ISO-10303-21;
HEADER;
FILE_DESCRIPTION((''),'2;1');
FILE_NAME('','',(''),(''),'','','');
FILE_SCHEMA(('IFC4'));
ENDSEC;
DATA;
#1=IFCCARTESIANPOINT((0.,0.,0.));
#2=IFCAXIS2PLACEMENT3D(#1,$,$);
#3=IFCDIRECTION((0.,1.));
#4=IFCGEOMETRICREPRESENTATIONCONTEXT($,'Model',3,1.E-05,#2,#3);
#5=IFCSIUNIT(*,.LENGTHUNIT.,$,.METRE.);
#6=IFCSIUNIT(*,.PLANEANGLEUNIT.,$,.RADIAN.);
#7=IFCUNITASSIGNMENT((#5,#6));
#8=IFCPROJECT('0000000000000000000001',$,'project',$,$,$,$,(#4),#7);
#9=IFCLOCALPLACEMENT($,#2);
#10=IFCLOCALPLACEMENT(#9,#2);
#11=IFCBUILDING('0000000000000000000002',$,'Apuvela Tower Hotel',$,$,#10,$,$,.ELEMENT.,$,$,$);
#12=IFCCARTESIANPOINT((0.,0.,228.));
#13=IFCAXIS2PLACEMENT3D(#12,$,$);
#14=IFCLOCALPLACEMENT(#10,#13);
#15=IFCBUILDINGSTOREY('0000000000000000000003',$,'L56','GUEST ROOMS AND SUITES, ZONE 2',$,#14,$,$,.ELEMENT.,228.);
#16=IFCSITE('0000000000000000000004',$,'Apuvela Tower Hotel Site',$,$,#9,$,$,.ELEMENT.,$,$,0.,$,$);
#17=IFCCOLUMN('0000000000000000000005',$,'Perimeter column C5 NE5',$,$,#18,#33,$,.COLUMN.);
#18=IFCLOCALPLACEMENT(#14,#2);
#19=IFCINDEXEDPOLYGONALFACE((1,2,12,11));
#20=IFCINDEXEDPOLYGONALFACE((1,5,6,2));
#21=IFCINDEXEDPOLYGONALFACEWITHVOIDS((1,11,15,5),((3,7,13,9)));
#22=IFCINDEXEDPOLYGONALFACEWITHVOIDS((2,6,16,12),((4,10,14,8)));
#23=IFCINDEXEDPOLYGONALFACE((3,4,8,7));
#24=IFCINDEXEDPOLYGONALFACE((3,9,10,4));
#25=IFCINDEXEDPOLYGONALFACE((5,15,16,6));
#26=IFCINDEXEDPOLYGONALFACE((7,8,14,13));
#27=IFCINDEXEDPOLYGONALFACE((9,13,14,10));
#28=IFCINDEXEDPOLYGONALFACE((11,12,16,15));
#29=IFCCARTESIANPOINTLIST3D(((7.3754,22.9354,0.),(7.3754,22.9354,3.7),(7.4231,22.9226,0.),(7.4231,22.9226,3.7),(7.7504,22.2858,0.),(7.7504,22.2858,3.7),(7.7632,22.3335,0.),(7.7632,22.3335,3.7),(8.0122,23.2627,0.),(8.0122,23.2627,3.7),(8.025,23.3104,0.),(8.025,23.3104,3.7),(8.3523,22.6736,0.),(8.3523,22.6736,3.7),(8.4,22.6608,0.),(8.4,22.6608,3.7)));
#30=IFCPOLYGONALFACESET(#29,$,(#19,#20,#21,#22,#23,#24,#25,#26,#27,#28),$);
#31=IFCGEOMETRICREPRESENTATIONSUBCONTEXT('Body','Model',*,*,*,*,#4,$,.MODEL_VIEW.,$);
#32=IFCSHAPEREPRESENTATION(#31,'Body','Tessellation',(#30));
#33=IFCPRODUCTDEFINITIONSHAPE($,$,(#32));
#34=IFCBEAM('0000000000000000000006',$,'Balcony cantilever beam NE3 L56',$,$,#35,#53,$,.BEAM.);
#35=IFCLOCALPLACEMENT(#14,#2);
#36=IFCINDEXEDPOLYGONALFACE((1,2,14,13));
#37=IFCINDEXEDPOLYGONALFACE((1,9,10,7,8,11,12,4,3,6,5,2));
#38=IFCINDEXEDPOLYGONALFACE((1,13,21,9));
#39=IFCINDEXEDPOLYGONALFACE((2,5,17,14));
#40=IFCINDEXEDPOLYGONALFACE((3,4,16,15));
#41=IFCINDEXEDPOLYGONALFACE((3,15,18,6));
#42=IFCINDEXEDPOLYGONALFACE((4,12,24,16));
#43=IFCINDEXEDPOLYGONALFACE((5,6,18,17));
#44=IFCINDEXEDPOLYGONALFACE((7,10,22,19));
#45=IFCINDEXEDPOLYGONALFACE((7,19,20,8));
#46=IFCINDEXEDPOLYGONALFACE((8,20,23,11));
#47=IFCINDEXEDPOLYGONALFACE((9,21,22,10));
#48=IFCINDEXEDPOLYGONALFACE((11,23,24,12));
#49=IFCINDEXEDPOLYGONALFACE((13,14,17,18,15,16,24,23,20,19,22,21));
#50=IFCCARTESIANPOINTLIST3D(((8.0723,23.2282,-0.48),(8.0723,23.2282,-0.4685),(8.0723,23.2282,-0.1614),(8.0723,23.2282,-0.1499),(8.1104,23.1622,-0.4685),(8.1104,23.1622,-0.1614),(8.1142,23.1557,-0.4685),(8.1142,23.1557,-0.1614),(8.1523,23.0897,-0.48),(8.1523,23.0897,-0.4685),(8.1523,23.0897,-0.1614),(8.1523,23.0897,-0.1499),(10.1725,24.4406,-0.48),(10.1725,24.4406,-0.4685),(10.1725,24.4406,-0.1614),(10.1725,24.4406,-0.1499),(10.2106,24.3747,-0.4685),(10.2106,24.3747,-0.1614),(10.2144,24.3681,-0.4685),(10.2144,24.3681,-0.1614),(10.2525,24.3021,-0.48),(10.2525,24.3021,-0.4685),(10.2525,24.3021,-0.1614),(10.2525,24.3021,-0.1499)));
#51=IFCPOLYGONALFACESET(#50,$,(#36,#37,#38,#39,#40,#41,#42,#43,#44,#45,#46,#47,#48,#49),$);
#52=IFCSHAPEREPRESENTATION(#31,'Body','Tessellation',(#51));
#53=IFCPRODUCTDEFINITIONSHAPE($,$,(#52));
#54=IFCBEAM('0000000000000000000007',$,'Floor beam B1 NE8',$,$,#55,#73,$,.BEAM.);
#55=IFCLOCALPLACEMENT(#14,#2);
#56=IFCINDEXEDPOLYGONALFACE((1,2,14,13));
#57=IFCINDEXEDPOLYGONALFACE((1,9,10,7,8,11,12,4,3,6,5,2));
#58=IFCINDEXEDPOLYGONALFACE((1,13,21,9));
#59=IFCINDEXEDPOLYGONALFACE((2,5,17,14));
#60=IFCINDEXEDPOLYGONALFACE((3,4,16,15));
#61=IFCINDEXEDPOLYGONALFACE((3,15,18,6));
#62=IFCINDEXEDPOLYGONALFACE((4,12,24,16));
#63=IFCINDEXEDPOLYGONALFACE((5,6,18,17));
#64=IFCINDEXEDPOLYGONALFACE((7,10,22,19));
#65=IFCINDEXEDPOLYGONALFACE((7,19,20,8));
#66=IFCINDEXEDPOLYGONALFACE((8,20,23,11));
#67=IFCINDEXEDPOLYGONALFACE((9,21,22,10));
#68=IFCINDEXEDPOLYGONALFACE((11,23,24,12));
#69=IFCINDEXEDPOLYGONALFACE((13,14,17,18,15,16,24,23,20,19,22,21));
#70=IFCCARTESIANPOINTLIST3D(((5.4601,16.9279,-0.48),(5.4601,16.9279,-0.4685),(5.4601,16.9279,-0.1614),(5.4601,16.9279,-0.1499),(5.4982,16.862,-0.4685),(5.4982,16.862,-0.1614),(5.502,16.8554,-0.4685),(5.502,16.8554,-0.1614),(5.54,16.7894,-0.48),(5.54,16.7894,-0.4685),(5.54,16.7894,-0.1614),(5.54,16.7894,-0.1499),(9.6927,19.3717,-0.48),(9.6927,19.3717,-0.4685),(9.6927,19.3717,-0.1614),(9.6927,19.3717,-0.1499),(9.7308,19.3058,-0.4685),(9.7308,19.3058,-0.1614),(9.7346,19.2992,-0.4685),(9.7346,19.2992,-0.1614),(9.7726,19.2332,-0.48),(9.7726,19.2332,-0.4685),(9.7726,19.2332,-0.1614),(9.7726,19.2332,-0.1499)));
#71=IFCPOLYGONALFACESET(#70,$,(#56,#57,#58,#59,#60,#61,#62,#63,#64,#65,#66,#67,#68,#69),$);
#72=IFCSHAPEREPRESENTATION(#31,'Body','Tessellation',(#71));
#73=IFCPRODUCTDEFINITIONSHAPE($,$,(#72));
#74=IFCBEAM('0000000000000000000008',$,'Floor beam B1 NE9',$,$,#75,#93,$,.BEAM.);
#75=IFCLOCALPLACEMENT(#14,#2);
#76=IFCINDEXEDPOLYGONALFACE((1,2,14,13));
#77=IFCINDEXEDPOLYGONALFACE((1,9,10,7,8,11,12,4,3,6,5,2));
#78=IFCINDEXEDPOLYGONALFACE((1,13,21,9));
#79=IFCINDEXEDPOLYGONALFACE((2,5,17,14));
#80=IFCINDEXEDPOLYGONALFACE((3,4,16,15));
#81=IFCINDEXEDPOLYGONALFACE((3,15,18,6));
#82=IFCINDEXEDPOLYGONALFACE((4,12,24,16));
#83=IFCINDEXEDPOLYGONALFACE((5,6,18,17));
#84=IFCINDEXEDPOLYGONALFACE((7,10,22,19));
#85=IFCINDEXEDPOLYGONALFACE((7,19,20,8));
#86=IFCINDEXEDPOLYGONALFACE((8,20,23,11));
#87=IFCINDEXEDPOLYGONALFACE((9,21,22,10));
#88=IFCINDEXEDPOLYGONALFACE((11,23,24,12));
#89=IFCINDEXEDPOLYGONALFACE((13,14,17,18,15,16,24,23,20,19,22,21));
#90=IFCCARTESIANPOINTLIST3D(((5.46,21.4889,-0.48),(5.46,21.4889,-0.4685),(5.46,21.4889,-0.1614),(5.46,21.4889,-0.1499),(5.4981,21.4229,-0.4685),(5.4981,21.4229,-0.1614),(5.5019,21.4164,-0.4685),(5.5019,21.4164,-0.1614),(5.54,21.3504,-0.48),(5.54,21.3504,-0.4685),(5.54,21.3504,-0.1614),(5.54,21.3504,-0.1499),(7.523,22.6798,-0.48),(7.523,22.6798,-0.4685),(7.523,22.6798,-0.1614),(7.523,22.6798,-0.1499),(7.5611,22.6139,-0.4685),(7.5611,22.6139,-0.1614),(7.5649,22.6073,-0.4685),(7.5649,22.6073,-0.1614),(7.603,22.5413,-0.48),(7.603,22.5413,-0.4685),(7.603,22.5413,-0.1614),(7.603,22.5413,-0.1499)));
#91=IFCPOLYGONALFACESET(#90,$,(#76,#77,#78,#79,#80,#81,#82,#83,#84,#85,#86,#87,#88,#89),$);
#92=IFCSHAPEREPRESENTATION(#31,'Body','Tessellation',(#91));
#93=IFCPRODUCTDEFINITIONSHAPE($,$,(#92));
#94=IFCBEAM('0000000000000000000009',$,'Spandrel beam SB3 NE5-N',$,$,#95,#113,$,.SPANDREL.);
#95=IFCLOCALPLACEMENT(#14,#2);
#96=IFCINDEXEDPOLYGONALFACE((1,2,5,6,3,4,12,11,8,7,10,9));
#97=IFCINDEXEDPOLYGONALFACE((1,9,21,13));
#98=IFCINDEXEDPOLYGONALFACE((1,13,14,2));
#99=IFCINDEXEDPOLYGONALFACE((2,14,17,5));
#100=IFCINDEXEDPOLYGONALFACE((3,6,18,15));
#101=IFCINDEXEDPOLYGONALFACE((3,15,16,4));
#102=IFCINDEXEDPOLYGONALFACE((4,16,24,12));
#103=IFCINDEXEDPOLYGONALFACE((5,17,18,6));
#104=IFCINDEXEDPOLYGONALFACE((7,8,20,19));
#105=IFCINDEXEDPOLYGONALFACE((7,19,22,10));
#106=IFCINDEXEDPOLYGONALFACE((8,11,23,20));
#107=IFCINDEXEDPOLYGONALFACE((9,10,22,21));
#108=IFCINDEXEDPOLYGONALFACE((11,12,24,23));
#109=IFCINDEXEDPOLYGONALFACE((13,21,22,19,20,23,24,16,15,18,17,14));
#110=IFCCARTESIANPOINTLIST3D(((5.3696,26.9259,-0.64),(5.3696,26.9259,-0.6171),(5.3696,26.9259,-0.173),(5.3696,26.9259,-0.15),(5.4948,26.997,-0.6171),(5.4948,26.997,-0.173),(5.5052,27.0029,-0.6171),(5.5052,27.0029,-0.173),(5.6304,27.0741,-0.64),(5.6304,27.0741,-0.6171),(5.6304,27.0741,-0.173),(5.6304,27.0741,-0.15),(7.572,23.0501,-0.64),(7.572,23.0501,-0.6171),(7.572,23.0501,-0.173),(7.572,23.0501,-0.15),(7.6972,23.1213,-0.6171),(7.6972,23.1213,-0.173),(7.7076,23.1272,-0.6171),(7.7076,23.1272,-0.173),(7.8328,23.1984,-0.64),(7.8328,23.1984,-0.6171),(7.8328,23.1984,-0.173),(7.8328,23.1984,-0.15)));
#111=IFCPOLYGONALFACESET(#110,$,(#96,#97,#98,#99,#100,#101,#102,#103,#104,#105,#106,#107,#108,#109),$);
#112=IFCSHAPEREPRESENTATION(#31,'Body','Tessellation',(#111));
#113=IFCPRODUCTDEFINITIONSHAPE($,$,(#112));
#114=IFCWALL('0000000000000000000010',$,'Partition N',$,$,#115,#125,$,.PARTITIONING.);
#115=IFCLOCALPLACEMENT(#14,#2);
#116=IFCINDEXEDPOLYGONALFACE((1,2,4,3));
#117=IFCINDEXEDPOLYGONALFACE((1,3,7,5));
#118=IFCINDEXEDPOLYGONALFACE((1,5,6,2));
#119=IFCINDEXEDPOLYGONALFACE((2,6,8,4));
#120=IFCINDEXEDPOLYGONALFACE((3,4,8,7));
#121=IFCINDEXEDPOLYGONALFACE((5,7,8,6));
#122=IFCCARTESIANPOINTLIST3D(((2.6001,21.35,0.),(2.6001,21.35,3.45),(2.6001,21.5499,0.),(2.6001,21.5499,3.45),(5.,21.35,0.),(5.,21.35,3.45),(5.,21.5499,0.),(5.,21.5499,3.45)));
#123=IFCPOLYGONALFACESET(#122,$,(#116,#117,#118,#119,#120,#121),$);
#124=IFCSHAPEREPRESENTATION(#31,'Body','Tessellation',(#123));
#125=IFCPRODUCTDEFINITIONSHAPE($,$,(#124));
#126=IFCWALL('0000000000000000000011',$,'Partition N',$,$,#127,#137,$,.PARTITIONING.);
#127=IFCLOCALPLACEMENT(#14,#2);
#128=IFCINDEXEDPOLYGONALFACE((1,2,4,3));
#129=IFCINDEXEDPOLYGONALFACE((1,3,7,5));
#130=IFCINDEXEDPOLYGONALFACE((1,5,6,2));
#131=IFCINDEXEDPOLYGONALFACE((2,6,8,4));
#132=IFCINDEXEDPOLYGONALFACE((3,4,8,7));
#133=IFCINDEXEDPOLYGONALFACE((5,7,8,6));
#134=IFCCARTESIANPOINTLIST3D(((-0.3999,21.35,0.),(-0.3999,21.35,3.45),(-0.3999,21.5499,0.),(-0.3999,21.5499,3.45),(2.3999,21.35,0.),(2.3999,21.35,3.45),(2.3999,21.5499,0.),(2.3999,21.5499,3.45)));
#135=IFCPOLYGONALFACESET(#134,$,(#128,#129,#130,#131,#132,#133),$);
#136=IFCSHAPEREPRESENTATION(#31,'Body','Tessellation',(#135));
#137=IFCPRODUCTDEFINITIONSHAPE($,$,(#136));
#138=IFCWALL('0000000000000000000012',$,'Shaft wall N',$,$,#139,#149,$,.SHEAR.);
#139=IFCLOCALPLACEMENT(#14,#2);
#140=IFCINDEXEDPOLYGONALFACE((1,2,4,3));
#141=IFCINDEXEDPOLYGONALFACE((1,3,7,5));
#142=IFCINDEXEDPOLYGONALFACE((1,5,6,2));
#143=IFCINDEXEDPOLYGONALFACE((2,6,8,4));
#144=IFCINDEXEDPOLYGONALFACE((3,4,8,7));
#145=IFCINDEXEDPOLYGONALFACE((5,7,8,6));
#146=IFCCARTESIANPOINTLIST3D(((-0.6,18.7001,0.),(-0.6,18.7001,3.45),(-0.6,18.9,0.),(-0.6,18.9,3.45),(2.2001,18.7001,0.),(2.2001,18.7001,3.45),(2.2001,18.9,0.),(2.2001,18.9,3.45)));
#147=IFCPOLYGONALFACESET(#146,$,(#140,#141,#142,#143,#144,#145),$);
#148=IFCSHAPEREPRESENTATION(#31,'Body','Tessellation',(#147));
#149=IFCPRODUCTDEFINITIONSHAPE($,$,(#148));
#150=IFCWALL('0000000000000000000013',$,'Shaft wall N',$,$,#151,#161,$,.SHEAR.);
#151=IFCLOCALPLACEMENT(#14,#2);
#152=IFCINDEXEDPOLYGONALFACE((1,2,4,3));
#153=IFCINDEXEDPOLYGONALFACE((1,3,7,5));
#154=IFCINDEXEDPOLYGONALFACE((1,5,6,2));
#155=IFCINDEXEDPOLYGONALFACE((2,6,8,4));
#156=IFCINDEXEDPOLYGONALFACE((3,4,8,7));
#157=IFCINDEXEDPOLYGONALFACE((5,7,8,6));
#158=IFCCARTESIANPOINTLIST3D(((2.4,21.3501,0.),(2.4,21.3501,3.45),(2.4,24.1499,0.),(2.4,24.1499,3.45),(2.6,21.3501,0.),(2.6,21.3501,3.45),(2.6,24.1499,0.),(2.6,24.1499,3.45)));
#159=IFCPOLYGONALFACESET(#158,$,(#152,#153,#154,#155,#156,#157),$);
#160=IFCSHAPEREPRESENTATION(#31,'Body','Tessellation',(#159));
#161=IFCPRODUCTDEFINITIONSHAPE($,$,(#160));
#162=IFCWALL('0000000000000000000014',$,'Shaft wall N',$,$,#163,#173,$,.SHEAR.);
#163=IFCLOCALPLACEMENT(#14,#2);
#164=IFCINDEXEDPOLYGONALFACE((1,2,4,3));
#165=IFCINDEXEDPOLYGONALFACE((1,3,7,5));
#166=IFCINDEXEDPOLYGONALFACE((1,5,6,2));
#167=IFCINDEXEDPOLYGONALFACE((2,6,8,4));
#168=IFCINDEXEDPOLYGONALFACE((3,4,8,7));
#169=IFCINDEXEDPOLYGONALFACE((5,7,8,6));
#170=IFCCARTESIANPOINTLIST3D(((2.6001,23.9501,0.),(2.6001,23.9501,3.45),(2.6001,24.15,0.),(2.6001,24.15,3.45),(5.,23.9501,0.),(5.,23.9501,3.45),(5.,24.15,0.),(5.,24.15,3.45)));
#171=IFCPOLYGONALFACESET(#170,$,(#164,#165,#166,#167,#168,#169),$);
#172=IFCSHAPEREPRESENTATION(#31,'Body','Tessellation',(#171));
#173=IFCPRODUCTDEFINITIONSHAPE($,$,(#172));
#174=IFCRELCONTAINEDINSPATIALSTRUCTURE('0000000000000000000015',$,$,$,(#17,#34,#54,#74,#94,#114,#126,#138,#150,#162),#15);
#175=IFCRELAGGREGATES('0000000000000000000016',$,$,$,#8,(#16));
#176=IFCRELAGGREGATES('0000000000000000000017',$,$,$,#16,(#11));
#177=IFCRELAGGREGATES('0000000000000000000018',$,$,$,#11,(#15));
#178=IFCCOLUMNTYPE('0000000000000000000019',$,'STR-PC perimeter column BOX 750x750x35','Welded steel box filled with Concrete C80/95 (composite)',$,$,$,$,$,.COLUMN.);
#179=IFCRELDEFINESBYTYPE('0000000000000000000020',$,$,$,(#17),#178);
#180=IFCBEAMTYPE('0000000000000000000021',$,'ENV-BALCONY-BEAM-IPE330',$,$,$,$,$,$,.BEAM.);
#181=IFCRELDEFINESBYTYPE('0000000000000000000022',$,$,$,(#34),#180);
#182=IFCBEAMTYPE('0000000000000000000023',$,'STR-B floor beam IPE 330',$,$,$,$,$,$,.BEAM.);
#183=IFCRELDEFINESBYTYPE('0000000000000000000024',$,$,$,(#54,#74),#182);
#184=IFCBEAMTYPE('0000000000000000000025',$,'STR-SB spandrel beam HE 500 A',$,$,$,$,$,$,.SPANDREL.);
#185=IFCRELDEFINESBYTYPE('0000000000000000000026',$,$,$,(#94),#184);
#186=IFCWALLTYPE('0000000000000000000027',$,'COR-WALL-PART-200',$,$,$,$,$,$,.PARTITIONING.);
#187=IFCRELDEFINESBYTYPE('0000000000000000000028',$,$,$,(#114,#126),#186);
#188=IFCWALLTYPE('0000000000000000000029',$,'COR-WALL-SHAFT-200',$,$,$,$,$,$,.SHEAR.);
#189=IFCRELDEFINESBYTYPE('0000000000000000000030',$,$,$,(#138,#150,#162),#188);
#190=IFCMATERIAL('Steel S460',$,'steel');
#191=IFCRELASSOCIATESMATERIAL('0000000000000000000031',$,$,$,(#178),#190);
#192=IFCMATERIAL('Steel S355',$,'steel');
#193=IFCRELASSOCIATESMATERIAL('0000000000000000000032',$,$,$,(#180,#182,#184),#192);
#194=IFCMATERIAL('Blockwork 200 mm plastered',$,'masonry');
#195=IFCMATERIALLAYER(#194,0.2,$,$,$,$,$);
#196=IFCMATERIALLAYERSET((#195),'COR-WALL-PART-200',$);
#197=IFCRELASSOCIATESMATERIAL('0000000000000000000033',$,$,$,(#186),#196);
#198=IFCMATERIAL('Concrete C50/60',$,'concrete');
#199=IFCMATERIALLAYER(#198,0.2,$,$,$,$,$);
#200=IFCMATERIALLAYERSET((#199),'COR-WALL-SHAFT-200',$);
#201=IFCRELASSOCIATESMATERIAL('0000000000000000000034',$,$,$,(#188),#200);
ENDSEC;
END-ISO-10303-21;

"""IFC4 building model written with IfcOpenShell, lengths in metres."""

from ifc_helpers import new_model, si_unit, direction, frame, frame_2d, origin, origin_2d, place, context, subcontext, project, spatial, rectangle, hollow_rectangle, i_section, extrude, material, layer, layer_set, material_profile, profile_set, type_object, element, save


model = new_model("IFC4")

# Units and contexts
model_context = context("Model", 3, precision=1e-05, world=origin(), true_north=direction((0.0, 1.0)))
body_context = subcontext(model_context, "Body", "Model", "MODEL_VIEW")
ifc_project = project(units=[si_unit("LENGTHUNIT", "METRE"), si_unit("PLANEANGLEUNIT", "RADIAN")], contexts=[model_context])

# Site, building, storey
site_placement = place(None, origin())
site = spatial("IfcSite", under=ifc_project, at=site_placement, Name="Apuvela Tower Hotel Site", CompositionType="ELEMENT", RefElevation=0.0)
building_placement = place(site_placement, origin())
building = spatial("IfcBuilding", under=site, at=building_placement, Name="Apuvela Tower Hotel", CompositionType="ELEMENT")
storey_placement = place(building_placement, frame((0.0, 0.0, 228.0)))
storey = spatial("IfcBuildingStorey", under=building, at=storey_placement, Name="L56", Description="GUEST ROOMS AND SUITES, ZONE 2", CompositionType="ELEMENT", Elevation=228.0)

# Column
ifc_material_1 = material(Name="Steel S460", Category="steel")
ifc_material_profile_1 = material_profile(ifc_material_1, hollow_rectangle(XDim=0.75, YDim=0.75, WallThickness=0.0349, at=origin_2d()), Name="BOX 750x750x35")
ifc_material_2 = material(Name="Concrete C80/95", Category="concrete")
ifc_material_profile_2 = material_profile(ifc_material_2, rectangle(XDim=0.6799, YDim=0.6799, at=origin_2d()), Name="Concrete C80/95 infill")
ifc_profile_set_1 = profile_set([ifc_material_profile_1, ifc_material_profile_2], Name="Steel S460")
column_type = type_object("IfcColumnType", Name="STR-PC perimeter column BOX 750x750x35", Description="Welded steel box filled with Concrete C80/95 (composite)", PredefinedType="COLUMN", material=ifc_profile_set_1)
column_placement = place(storey_placement, frame((7.8877, 22.7981, 0.0), z_axis=(0.0, 0.0, 1.0), x_axis=(-0.5, 0.866025, 0.0)))
element("IfcColumn", 1, at=column_placement, inside=storey, type_object=column_type, Name="Perimeter column C5 NE5", PredefinedType="COLUMN", context=body_context, shape_type="SweptSolid", body=[
    extrude(hollow_rectangle(XDim=0.75, YDim=0.75, WallThickness=0.0349, at=origin_2d()), origin(), (0.0, 0.0, 1.0), 3.7),
])

# Beams
ifc_material_3 = material(Name="Steel S355", Category="steel")
ifc_material_profile_3 = material_profile(ifc_material_3, i_section(OverallWidth=0.1599, OverallDepth=0.3301, WebThickness=0.0076, FlangeThickness=0.0115, at=origin_2d()), Name="IPE 330")
ifc_profile_set_2 = profile_set([ifc_material_profile_3], Name="Steel S355")
beam_type_1 = type_object("IfcBeamType", Name="ENV-BALCONY-BEAM-IPE330", PredefinedType="BEAM", material=ifc_profile_set_2)
beam_1_placement = place(storey_placement, frame((8.1123, 23.1589, -0.3149), z_axis=(0.866041, 0.499972, 0.0), x_axis=(-0.499972, 0.866041, 0.0)))
element("IfcBeam", 2, at=beam_1_placement, inside=storey, type_object=beam_type_1, Name="Balcony cantilever beam NE3 L56", PredefinedType="BEAM", context=body_context, shape_type="SweptSolid", body=[
    extrude(i_section(OverallWidth=0.1599, OverallDepth=0.3301, WebThickness=0.0076, FlangeThickness=0.0115, at=origin_2d()), origin(), (0.0, 0.0, 1.0), 2.425),
])
ifc_material_profile_4 = material_profile(ifc_material_3, i_section(OverallWidth=0.1599, OverallDepth=0.3301, WebThickness=0.0076, FlangeThickness=0.0115, at=origin_2d()), Name="IPE 330")
ifc_profile_set_3 = profile_set([ifc_material_profile_4], Name="Steel S355")
beam_type_2 = type_object("IfcBeamType", Name="STR-B floor beam IPE 330", PredefinedType="BEAM", material=ifc_profile_set_3)
beam_2_placement = place(storey_placement, frame((9.7327, 19.3025, -0.3149), z_axis=(-0.866015, -0.500018, 0.0), x_axis=(0.500018, -0.866015, 0.0)))
element("IfcBeam", 3, at=beam_2_placement, inside=storey, type_object=beam_type_2, Name="Floor beam B1 NE8", PredefinedType="BEAM", context=body_context, shape_type="SweptSolid", body=[
    extrude(i_section(OverallWidth=0.1599, OverallDepth=0.3301, WebThickness=0.0076, FlangeThickness=0.0115, at=origin_2d()), origin(), (0.0, 0.0, 1.0), 4.8875),
])
beam_3_placement = place(storey_placement, frame((7.563, 22.6106, -0.3149), z_axis=(-0.866052, -0.499953, 0.0), x_axis=(0.499953, -0.866052, 0.0)))
element("IfcBeam", 4, at=beam_3_placement, inside=storey, type_object=beam_type_2, Name="Floor beam B1 NE9", PredefinedType="BEAM", context=body_context, shape_type="SweptSolid", body=[
    extrude(i_section(OverallWidth=0.1599, OverallDepth=0.3301, WebThickness=0.0076, FlangeThickness=0.0115, at=origin_2d()), origin(), (0.0, 0.0, 1.0), 2.3821),
])
ifc_material_profile_5 = material_profile(ifc_material_3, i_section(OverallWidth=0.3, OverallDepth=0.49, WebThickness=0.012, FlangeThickness=0.0229, at=origin_2d()), Name="HE 500 A")
ifc_profile_set_4 = profile_set([ifc_material_profile_5], Name="Steel S355")
beam_type_3 = type_object("IfcBeamType", Name="STR-SB spandrel beam HE 500 A", PredefinedType="SPANDREL", material=ifc_profile_set_4)
beam_4_placement = place(storey_placement, frame((7.7024, 23.1243, -0.395), z_axis=(-0.494056, 0.86943, 0.0), x_axis=(-0.86943, -0.494056, 0.0)))
element("IfcBeam", 5, at=beam_4_placement, inside=storey, type_object=beam_type_3, Name="Spandrel beam SB3 NE5-N", PredefinedType="SPANDREL", context=body_context, shape_type="SweptSolid", body=[
    extrude(i_section(OverallWidth=0.3, OverallDepth=0.49, WebThickness=0.012, FlangeThickness=0.0229, at=origin_2d()), origin(), (0.0, 0.0, 1.0), 4.4578),
])

# Walls
ifc_material_4 = material(Name="Blockwork 200 mm plastered", Category="masonry")
ifc_layer_1 = layer(ifc_material_4, 0.2)
ifc_layer_set_1 = layer_set([ifc_layer_1], Name="COR-WALL-PART-200")
wall_type_1 = type_object("IfcWallType", Name="COR-WALL-PART-200", PredefinedType="PARTITIONING", material=ifc_layer_set_1)
wall_1_placement = place(storey_placement, frame((5.0, 21.45, 0.0), z_axis=(0.0, 0.0, 1.0), x_axis=(-1.0, 0.0, 0.0)))
element("IfcWall", 6, at=wall_1_placement, inside=storey, type_object=wall_type_1, Name="Partition N", PredefinedType="PARTITIONING", context=body_context, shape_type="SweptSolid", body=[
    extrude(rectangle(XDim=2.3999, YDim=0.2, at=frame_2d((1.2, 0.0))), origin(), (0.0, 0.0, 1.0), 3.45),
])
wall_2_placement = place(storey_placement, frame((2.3999, 21.45, 0.0), z_axis=(0.0, 0.0, 1.0), x_axis=(-1.0, 0.0, 0.0)))
element("IfcWall", 7, at=wall_2_placement, inside=storey, type_object=wall_type_1, Name="Partition N", PredefinedType="PARTITIONING", context=body_context, shape_type="SweptSolid", body=[
    extrude(rectangle(XDim=2.7998, YDim=0.2, at=frame_2d((1.3999, 0.0))), origin(), (0.0, 0.0, 1.0), 3.45),
])
ifc_material_5 = material(Name="Concrete C50/60", Category="concrete")
ifc_layer_2 = layer(ifc_material_5, 0.2)
ifc_layer_set_2 = layer_set([ifc_layer_2], Name="COR-WALL-SHAFT-200")
wall_type_2 = type_object("IfcWallType", Name="COR-WALL-SHAFT-200", PredefinedType="SHEAR", material=ifc_layer_set_2)
wall_3_placement = place(storey_placement, frame((2.2, 18.8, 0.0), z_axis=(0.0, 0.0, 1.0), x_axis=(-1.0, 0.0, 0.0)))
element("IfcWall", 8, at=wall_3_placement, inside=storey, type_object=wall_type_2, Name="Shaft wall N", PredefinedType="SHEAR", context=body_context, shape_type="SweptSolid", body=[
    extrude(rectangle(XDim=2.8, YDim=0.2, at=frame_2d((1.3999, 0.0))), origin(), (0.0, 0.0, 1.0), 3.45),
])
wall_4_placement = place(storey_placement, frame((2.5, 21.3501, 0.0), z_axis=(0.0, 0.0, 1.0), x_axis=(0.0, 1.0, 0.0)))
element("IfcWall", 9, at=wall_4_placement, inside=storey, type_object=wall_type_2, Name="Shaft wall N", PredefinedType="SHEAR", context=body_context, shape_type="SweptSolid", body=[
    extrude(rectangle(XDim=2.7998, YDim=0.2, at=frame_2d((1.3999, 0.0))), origin(), (0.0, 0.0, 1.0), 3.45),
])
wall_5_placement = place(storey_placement, frame((5.0, 24.05, 0.0), z_axis=(0.0, 0.0, 1.0), x_axis=(-1.0, 0.0, 0.0)))
element("IfcWall", 10, at=wall_5_placement, inside=storey, type_object=wall_type_2, Name="Shaft wall N", PredefinedType="SHEAR", context=body_context, shape_type="SweptSolid", body=[
    extrude(rectangle(XDim=2.3999, YDim=0.2, at=frame_2d((1.2, 0.0))), origin(), (0.0, 0.0, 1.0), 3.45),
])

save(model, "model.ifc")
